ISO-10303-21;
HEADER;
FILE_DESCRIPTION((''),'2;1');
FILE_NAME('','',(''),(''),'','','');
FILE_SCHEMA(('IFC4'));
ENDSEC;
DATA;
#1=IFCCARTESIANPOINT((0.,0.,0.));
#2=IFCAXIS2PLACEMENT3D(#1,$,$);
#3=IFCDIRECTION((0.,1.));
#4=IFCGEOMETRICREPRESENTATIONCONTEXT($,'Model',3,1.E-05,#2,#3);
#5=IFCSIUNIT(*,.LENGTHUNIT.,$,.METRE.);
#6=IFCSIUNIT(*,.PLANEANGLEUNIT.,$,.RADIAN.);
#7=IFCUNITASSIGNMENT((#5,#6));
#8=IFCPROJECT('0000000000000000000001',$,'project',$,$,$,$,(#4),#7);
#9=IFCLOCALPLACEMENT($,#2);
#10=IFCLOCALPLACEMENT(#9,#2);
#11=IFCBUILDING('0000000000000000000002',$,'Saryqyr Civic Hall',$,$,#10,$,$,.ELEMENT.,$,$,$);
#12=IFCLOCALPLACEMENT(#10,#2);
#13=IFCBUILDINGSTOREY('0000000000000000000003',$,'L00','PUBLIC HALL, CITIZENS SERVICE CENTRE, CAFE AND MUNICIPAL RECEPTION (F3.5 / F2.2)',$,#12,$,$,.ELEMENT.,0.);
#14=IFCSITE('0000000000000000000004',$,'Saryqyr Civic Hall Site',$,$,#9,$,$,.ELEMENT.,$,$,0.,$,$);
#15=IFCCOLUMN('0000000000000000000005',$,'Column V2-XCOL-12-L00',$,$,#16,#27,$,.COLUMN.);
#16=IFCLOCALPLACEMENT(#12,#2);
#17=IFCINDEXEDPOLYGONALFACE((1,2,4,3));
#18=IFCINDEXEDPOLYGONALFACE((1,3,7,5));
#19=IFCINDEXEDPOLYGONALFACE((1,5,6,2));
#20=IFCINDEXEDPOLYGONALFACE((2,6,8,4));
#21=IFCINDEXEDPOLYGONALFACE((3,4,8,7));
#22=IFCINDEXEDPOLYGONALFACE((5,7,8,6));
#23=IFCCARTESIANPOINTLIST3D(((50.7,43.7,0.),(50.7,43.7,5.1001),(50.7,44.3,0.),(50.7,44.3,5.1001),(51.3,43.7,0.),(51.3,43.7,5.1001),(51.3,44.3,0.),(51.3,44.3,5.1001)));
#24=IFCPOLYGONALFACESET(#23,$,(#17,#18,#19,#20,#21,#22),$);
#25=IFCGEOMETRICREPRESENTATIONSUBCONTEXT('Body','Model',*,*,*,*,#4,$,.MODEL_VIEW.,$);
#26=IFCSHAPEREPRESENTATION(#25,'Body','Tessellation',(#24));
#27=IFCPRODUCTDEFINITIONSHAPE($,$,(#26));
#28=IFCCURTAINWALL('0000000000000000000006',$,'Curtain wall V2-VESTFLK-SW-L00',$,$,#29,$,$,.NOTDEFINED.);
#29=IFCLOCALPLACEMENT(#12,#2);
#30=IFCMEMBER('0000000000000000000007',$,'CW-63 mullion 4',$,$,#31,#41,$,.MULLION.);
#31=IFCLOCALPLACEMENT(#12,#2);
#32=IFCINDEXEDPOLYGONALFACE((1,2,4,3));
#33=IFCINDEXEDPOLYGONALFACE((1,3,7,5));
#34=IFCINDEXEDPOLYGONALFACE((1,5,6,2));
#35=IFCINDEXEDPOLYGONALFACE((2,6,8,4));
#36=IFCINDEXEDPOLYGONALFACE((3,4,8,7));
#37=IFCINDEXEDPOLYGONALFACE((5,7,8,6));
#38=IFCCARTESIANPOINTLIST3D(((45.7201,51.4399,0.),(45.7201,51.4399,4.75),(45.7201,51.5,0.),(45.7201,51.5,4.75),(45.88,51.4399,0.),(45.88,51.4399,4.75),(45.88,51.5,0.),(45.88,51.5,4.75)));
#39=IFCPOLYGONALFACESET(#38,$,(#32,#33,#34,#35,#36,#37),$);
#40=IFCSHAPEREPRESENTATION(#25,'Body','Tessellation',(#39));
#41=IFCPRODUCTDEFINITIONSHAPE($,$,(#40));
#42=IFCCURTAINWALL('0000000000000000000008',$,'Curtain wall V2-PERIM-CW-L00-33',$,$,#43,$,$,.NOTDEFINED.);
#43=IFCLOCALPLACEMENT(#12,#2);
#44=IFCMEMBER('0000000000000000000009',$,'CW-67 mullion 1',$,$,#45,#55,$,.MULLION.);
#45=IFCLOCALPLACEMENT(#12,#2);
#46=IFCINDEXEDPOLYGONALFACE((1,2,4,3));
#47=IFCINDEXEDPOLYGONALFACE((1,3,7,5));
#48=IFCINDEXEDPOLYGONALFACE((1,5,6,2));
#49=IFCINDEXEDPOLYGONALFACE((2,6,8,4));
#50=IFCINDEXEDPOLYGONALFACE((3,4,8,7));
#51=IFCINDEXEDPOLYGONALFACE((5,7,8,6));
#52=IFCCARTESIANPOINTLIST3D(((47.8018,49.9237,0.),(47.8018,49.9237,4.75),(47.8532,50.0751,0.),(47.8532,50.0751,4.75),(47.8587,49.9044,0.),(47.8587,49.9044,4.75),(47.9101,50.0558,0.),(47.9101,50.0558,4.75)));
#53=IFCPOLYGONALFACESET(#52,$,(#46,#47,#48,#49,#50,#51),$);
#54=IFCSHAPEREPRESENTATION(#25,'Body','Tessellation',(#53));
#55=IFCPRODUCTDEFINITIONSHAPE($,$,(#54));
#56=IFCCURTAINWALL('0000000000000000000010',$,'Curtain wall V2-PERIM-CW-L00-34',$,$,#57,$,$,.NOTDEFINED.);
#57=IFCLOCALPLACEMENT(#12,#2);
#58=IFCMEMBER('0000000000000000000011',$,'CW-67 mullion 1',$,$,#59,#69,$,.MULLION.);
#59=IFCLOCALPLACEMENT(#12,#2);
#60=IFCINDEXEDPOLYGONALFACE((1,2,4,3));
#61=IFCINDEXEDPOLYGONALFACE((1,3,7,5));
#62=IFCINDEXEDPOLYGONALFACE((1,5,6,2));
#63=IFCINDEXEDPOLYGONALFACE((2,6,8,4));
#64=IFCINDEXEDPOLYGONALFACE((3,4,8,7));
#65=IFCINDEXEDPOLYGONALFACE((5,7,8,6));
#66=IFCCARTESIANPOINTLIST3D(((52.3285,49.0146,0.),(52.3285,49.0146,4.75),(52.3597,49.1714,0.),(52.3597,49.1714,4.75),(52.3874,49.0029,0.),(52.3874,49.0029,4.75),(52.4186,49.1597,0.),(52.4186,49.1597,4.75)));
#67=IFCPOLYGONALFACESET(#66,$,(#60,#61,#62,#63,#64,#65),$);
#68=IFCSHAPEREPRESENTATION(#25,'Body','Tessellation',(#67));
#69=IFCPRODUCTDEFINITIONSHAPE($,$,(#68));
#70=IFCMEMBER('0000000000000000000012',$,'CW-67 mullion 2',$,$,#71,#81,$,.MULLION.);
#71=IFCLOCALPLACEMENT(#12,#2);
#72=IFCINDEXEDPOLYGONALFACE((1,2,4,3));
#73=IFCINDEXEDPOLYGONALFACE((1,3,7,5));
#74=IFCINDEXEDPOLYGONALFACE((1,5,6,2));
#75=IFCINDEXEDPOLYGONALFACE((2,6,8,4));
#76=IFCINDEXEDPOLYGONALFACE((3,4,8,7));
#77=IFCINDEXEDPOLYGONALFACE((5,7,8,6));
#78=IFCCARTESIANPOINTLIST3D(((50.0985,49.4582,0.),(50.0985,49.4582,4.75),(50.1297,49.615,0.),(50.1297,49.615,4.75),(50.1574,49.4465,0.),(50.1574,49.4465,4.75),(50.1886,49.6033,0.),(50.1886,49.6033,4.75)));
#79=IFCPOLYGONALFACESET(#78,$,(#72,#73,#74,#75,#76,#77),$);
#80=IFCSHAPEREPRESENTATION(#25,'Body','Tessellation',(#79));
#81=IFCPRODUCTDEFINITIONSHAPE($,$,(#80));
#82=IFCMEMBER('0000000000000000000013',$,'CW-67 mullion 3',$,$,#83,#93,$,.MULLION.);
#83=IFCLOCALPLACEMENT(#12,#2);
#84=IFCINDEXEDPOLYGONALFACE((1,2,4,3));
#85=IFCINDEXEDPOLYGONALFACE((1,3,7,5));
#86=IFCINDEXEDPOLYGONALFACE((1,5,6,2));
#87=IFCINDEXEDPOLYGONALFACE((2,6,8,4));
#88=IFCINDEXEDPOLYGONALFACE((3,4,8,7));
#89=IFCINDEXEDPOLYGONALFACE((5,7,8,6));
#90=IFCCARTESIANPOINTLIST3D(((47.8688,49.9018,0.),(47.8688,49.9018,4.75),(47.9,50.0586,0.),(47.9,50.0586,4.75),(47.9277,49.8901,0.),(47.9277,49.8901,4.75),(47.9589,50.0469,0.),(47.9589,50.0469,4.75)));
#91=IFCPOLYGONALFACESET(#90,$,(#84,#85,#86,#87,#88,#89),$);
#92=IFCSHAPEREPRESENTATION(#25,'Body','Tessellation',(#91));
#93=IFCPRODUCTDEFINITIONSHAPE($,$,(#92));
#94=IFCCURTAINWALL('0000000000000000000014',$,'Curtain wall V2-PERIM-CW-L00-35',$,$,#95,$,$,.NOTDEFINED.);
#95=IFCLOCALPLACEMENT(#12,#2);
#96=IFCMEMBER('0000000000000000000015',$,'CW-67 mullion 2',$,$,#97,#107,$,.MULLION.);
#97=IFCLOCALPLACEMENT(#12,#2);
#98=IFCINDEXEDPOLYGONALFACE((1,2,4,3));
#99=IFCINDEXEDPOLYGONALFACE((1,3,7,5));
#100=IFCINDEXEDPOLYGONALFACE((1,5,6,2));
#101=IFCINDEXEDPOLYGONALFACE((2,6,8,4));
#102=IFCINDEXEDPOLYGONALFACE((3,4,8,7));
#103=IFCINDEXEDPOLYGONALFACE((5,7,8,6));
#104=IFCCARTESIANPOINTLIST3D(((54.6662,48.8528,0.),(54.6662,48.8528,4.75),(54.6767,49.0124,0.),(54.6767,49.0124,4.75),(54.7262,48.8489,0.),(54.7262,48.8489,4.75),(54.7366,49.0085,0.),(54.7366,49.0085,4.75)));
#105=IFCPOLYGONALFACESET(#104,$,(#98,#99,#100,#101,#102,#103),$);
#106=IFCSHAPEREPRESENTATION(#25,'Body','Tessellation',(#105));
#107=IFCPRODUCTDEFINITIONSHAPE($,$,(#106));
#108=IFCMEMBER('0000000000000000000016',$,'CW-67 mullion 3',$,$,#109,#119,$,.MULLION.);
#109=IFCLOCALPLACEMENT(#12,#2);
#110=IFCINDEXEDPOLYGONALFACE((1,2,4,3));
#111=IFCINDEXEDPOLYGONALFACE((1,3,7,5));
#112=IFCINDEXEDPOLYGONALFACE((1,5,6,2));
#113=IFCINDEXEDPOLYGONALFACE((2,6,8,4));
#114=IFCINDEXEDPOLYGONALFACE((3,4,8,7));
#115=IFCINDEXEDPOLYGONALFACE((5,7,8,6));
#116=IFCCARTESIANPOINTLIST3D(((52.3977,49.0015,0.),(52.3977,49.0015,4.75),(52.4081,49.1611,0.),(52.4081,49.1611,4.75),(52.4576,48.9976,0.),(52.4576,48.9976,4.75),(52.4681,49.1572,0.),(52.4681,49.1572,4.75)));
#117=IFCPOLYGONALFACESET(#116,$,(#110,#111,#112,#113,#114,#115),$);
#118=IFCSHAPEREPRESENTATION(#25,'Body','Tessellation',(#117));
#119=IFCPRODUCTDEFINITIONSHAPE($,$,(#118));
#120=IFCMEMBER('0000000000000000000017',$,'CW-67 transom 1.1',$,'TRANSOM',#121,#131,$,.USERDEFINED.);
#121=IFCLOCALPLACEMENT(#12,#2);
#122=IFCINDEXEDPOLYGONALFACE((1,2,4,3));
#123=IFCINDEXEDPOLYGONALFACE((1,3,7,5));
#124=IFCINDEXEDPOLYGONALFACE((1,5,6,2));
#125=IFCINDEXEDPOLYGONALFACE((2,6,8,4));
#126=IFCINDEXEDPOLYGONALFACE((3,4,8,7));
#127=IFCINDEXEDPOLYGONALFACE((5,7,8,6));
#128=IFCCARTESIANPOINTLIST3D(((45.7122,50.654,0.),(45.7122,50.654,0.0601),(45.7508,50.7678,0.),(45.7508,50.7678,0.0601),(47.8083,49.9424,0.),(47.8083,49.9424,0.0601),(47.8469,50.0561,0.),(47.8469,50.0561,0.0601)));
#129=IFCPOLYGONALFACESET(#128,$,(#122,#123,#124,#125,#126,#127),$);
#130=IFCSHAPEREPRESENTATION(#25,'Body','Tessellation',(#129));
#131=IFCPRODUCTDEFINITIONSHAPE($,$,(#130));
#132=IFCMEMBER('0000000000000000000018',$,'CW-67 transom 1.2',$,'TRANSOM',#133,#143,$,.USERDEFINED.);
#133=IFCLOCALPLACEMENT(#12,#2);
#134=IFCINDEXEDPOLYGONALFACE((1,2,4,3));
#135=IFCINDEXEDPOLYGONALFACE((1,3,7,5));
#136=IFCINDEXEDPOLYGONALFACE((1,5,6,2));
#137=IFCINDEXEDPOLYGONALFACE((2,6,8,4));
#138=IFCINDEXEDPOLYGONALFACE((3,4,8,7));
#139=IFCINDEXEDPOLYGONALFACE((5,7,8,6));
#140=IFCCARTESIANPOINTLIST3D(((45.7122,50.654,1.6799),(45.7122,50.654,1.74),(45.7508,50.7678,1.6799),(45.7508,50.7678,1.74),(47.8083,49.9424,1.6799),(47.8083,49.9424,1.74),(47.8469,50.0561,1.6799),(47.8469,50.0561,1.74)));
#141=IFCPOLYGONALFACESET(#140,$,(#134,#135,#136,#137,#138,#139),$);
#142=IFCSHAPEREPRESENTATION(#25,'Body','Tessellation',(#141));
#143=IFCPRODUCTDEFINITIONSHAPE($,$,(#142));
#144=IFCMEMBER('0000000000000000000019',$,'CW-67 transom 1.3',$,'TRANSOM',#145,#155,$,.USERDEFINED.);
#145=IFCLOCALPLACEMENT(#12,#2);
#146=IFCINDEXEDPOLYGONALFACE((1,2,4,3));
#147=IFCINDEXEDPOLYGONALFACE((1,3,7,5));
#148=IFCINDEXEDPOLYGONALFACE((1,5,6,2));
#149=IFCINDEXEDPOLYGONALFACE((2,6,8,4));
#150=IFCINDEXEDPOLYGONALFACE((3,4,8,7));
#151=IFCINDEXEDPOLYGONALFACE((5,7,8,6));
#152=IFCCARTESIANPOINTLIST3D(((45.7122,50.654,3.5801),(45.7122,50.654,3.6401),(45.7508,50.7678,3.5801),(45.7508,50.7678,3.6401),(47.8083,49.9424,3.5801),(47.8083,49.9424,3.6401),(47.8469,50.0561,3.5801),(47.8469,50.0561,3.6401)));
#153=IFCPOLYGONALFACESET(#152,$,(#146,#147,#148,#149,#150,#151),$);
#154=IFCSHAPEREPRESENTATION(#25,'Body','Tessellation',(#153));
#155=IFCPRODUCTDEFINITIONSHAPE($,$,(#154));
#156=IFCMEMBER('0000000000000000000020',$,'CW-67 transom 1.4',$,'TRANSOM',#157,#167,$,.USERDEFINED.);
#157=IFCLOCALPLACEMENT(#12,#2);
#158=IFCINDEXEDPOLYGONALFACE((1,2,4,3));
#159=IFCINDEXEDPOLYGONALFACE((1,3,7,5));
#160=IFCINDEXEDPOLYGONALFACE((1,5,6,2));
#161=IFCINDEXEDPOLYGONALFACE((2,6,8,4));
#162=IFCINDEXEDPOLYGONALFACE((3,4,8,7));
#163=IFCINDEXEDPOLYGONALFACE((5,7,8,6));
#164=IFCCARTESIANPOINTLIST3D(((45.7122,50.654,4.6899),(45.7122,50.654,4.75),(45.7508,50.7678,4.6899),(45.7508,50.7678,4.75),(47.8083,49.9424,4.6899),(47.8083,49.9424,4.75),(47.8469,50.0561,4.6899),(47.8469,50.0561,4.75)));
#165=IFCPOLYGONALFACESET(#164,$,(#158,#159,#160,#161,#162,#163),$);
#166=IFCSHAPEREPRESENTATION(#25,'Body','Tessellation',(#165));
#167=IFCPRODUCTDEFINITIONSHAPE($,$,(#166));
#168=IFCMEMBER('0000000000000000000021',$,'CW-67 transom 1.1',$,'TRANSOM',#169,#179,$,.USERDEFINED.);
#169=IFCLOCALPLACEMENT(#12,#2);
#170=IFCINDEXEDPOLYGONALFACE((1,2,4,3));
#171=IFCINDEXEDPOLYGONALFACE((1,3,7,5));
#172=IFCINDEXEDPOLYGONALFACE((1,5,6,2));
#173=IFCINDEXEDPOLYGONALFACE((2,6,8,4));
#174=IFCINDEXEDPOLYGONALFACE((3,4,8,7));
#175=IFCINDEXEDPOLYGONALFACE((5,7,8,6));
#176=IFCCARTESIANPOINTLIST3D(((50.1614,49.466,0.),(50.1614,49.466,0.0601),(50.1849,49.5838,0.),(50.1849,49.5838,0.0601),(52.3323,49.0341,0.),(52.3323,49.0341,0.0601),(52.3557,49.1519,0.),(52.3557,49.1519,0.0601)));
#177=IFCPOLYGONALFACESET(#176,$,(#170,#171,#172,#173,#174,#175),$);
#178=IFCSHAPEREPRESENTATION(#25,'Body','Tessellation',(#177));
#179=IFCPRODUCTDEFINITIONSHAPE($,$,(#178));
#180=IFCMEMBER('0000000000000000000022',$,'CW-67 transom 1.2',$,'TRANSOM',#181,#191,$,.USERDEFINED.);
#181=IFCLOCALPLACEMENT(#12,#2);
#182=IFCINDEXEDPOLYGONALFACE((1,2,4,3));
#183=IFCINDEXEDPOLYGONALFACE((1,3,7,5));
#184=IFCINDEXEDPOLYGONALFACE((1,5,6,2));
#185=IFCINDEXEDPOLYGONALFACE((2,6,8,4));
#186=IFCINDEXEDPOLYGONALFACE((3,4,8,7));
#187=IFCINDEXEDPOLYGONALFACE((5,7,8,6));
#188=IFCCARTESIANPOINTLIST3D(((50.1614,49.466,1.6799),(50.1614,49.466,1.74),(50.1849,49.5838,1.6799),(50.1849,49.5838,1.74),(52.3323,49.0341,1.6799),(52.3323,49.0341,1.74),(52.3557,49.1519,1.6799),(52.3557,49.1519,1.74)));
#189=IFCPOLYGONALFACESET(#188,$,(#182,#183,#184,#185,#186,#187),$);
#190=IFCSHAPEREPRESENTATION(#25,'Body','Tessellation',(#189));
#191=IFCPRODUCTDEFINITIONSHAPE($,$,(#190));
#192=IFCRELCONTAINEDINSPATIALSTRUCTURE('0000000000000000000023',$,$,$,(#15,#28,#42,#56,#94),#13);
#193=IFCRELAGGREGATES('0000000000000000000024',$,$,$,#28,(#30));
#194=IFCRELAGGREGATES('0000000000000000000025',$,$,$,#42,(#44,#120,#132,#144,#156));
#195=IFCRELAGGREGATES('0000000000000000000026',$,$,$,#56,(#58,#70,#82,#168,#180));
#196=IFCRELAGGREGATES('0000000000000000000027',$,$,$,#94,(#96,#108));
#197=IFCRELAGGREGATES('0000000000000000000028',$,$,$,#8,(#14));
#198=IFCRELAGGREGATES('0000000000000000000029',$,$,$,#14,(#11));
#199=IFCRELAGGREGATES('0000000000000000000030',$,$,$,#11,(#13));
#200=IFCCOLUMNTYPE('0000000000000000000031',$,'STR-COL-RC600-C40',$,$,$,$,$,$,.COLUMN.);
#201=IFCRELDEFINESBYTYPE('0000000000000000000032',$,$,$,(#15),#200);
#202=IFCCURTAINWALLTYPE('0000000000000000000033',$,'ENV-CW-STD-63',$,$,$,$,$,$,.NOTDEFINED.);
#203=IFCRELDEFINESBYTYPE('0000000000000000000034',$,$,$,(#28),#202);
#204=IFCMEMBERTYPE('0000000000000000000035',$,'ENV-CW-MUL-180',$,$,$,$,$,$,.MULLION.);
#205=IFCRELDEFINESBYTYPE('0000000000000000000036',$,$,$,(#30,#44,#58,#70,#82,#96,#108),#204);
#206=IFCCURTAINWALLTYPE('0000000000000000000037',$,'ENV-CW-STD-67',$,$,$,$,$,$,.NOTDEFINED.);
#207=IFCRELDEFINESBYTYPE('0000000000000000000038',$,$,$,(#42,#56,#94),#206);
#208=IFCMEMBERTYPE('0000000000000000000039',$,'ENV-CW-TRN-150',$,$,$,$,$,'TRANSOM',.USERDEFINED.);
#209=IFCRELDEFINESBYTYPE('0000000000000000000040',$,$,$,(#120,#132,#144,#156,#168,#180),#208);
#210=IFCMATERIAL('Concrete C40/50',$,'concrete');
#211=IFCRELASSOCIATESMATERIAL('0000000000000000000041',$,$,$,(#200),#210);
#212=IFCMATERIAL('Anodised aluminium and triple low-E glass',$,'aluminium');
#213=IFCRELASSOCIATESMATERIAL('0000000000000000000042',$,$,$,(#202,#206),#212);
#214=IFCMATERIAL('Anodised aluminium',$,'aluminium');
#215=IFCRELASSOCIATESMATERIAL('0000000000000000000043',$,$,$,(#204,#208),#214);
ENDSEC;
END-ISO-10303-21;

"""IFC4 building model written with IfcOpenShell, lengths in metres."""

from ifc_helpers import new_model, si_unit, direction, frame, origin, origin_2d, place, context, subcontext, project, spatial, rectangle, extrude, material, material_profile, profile_set, type_object, element, aggregate, save


model = new_model("IFC4")

# Units and contexts
model_context = context("Model", 3, precision=1e-05, world=origin(), true_north=direction((0.0, 1.0)))
body_context = subcontext(model_context, "Body", "Model", "MODEL_VIEW")
ifc_project = project(units=[si_unit("LENGTHUNIT", "METRE"), si_unit("PLANEANGLEUNIT", "RADIAN")], contexts=[model_context])

# Site, building, storey
site_placement = place(None, origin())
site = spatial("IfcSite", under=ifc_project, at=site_placement, Name="Saryqyr Civic Hall Site", CompositionType="ELEMENT", RefElevation=0.0)
building_placement = place(site_placement, origin())
building = spatial("IfcBuilding", under=site, at=building_placement, Name="Saryqyr Civic Hall", CompositionType="ELEMENT")
storey_placement = place(building_placement, origin())
storey = spatial("IfcBuildingStorey", under=building, at=storey_placement, Name="L00", Description="PUBLIC HALL, CITIZENS SERVICE CENTRE, CAFE AND MUNICIPAL RECEPTION (F3.5 / F2.2)", CompositionType="ELEMENT", Elevation=0.0)

# Column
ifc_material_1 = material(Name="Concrete C40/50", Category="concrete")
ifc_material_profile_1 = material_profile(ifc_material_1, rectangle(XDim=0.6001, YDim=0.6001, at=origin_2d()), Name="RC 600x600")
ifc_profile_set_1 = profile_set([ifc_material_profile_1], Name="Concrete C40/50")
column_type = type_object("IfcColumnType", Name="STR-COL-RC600-C40", PredefinedType="COLUMN", material=ifc_profile_set_1)
column_placement = place(storey_placement, frame((51.0, 44.0, 0.0), z_axis=(0.0, 0.0, 1.0), x_axis=(1.0, 0.0, 0.0)))
element("IfcColumn", 1, at=column_placement, inside=storey, type_object=column_type, Name="Column V2-XCOL-12-L00", PredefinedType="COLUMN", context=body_context, shape_type="SweptSolid", body=[
    extrude(rectangle(XDim=0.6001, YDim=0.6001, at=origin_2d()), origin(), (0.0, 0.0, 1.0), 5.1001),
])

# Curtain walls, members
ifc_material_2 = material(Name="Anodised aluminium and triple low-E glass", Category="aluminium")
curtain_wall_type_1 = type_object("IfcCurtainWallType", Name="ENV-CW-STD-63", PredefinedType="NOTDEFINED", material=ifc_material_2)
curtain_wall_1_placement = place(storey_placement, origin())
curtain_wall_1 = element("IfcCurtainWall", 2, at=curtain_wall_1_placement, inside=storey, type_object=curtain_wall_type_1, Name="Curtain wall V2-VESTFLK-SW-L00", PredefinedType="NOTDEFINED")
ifc_material_3 = material(Name="Anodised aluminium", Category="aluminium")
ifc_material_profile_2 = material_profile(ifc_material_3, rectangle(XDim=0.0601, YDim=0.1599, at=origin_2d()), Name="ALU MULLION 60x160")
ifc_profile_set_2 = profile_set([ifc_material_profile_2], Name="Anodised aluminium")
member_type_1 = type_object("IfcMemberType", Name="ENV-CW-MUL-180", PredefinedType="MULLION", material=ifc_profile_set_2)
member_1_placement = place(storey_placement, frame((45.8, 51.47, 0.0), z_axis=(0.0, 0.0, 1.0), x_axis=(0.0, 1.0, 0.0)))
member_1 = element("IfcMember", 3, at=member_1_placement, type_object=member_type_1, Name="CW-63 mullion 4", PredefinedType="MULLION", context=body_context, shape_type="SweptSolid", body=[
    extrude(rectangle(XDim=0.0601, YDim=0.1599, at=origin_2d()), origin(), (0.0, 0.0, 1.0), 4.75),
])
curtain_wall_type_2 = type_object("IfcCurtainWallType", Name="ENV-CW-STD-67", PredefinedType="NOTDEFINED", material=ifc_material_2)
curtain_wall_2_placement = place(storey_placement, origin())
curtain_wall_2 = element("IfcCurtainWall", 4, at=curtain_wall_2_placement, inside=storey, type_object=curtain_wall_type_2, Name="Curtain wall V2-PERIM-CW-L00-33", PredefinedType="NOTDEFINED")
member_2_placement = place(storey_placement, frame((47.856, 49.9897, 0.0), z_axis=(0.0, 0.0, 1.0), x_axis=(-0.946928, 0.321445, 0.0)))
member_2 = element("IfcMember", 5, at=member_2_placement, type_object=member_type_1, Name="CW-67 mullion 1", PredefinedType="MULLION", context=body_context, shape_type="SweptSolid", body=[
    extrude(rectangle(XDim=0.0601, YDim=0.1599, at=origin_2d()), origin(), (0.0, 0.0, 1.0), 4.75),
])

# Curtain walls, members
curtain_wall_3_placement = place(storey_placement, origin())
curtain_wall_3 = element("IfcCurtainWall", 6, at=curtain_wall_3_placement, inside=storey, type_object=curtain_wall_type_2, Name="Curtain wall V2-PERIM-CW-L00-34", PredefinedType="NOTDEFINED")
member_3_placement = place(storey_placement, frame((52.3735, 49.0872, 0.0), z_axis=(0.0, 0.0, 1.0), x_axis=(-0.980785, 0.195093, 0.0)))
member_3 = element("IfcMember", 7, at=member_3_placement, type_object=member_type_1, Name="CW-67 mullion 1", PredefinedType="MULLION", context=body_context, shape_type="SweptSolid", body=[
    extrude(rectangle(XDim=0.0601, YDim=0.1599, at=origin_2d()), origin(), (0.0, 0.0, 1.0), 4.75),
])
member_4_placement = place(storey_placement, frame((50.1436, 49.5308, 0.0), z_axis=(0.0, 0.0, 1.0), x_axis=(-0.980785, 0.195093, 0.0)))
member_4 = element("IfcMember", 8, at=member_4_placement, type_object=member_type_1, Name="CW-67 mullion 2", PredefinedType="MULLION", context=body_context, shape_type="SweptSolid", body=[
    extrude(rectangle(XDim=0.0601, YDim=0.1599, at=origin_2d()), origin(), (0.0, 0.0, 1.0), 4.75),
])
member_5_placement = place(storey_placement, frame((47.9138, 49.9744, 0.0), z_axis=(0.0, 0.0, 1.0), x_axis=(-0.980785, 0.195093, 0.0)))
member_5 = element("IfcMember", 9, at=member_5_placement, type_object=member_type_1, Name="CW-67 mullion 3", PredefinedType="MULLION", context=body_context, shape_type="SweptSolid", body=[
    extrude(rectangle(XDim=0.0601, YDim=0.1599, at=origin_2d()), origin(), (0.0, 0.0, 1.0), 4.75),
])
curtain_wall_4_placement = place(storey_placement, origin())
curtain_wall_4 = element("IfcCurtainWall", 10, at=curtain_wall_4_placement, inside=storey, type_object=curtain_wall_type_2, Name="Curtain wall V2-PERIM-CW-L00-35", PredefinedType="NOTDEFINED")
member_6_placement = place(storey_placement, frame((54.7014, 48.9307, 0.0), z_axis=(0.0, 0.0, 1.0), x_axis=(-0.997859, 0.065401, 0.0)))
member_6 = element("IfcMember", 11, at=member_6_placement, type_object=member_type_1, Name="CW-67 mullion 2", PredefinedType="MULLION", context=body_context, shape_type="SweptSolid", body=[
    extrude(rectangle(XDim=0.0601, YDim=0.1599, at=origin_2d()), origin(), (0.0, 0.0, 1.0), 4.75),
])
member_7_placement = place(storey_placement, frame((52.4329, 49.0793, 0.0), z_axis=(0.0, 0.0, 1.0), x_axis=(-0.997859, 0.065401, 0.0)))
member_7 = element("IfcMember", 12, at=member_7_placement, type_object=member_type_1, Name="CW-67 mullion 3", PredefinedType="MULLION", context=body_context, shape_type="SweptSolid", body=[
    extrude(rectangle(XDim=0.0601, YDim=0.1599, at=origin_2d()), origin(), (0.0, 0.0, 1.0), 4.75),
])

# Members
ifc_material_profile_3 = material_profile(ifc_material_3, rectangle(XDim=0.1201, YDim=0.0601, at=origin_2d()), Name="ALU TRANSOM 120x60")
ifc_profile_set_3 = profile_set([ifc_material_profile_3], Name="Anodised aluminium")
member_type_2 = type_object("IfcMemberType", Name="ENV-CW-TRN-150", ElementType="TRANSOM", PredefinedType="USERDEFINED", material=ifc_profile_set_3)
member_8_placement = place(storey_placement, frame((47.8276, 49.9993, 0.03), z_axis=(-0.946915, 0.321484, 0.0), x_axis=(-0.321484, -0.946915, 0.0)))
member_8 = element("IfcMember", 13, at=member_8_placement, type_object=member_type_2, Name="CW-67 transom 1.1", ObjectType="TRANSOM", PredefinedType="USERDEFINED", context=body_context, shape_type="SweptSolid", body=[
    extrude(rectangle(XDim=0.1201, YDim=0.0601, at=origin_2d()), origin(), (0.0, 0.0, 1.0), 2.2136),
])
member_9_placement = place(storey_placement, frame((47.8276, 49.9993, 1.71), z_axis=(-0.946915, 0.321484, 0.0), x_axis=(-0.321484, -0.946915, 0.0)))
member_9 = element("IfcMember", 14, at=member_9_placement, type_object=member_type_2, Name="CW-67 transom 1.2", ObjectType="TRANSOM", PredefinedType="USERDEFINED", context=body_context, shape_type="SweptSolid", body=[
    extrude(rectangle(XDim=0.1201, YDim=0.0601, at=origin_2d()), origin(), (0.0, 0.0, 1.0), 2.2136),
])
member_10_placement = place(storey_placement, frame((47.8276, 49.9993, 3.6101), z_axis=(-0.946915, 0.321484, 0.0), x_axis=(-0.321484, -0.946915, 0.0)))
member_10 = element("IfcMember", 15, at=member_10_placement, type_object=member_type_2, Name="CW-67 transom 1.3", ObjectType="TRANSOM", PredefinedType="USERDEFINED", context=body_context, shape_type="SweptSolid", body=[
    extrude(rectangle(XDim=0.1201, YDim=0.0601, at=origin_2d()), origin(), (0.0, 0.0, 1.0), 2.2136),
])
member_11_placement = place(storey_placement, frame((47.8276, 49.9993, 4.72), z_axis=(-0.946915, 0.321484, 0.0), x_axis=(-0.321484, -0.946915, 0.0)))
member_11 = element("IfcMember", 16, at=member_11_placement, type_object=member_type_2, Name="CW-67 transom 1.4", ObjectType="TRANSOM", PredefinedType="USERDEFINED", context=body_context, shape_type="SweptSolid", body=[
    extrude(rectangle(XDim=0.1201, YDim=0.0601, at=origin_2d()), origin(), (0.0, 0.0, 1.0), 2.2136),
])
member_12_placement = place(storey_placement, frame((52.344, 49.093, 0.03), z_axis=(-0.98078, 0.195119, 0.0), x_axis=(-0.195119, -0.98078, 0.0)))
member_12 = element("IfcMember", 17, at=member_12_placement, type_object=member_type_2, Name="CW-67 transom 1.1", ObjectType="TRANSOM", PredefinedType="USERDEFINED", context=body_context, shape_type="SweptSolid", body=[
    extrude(rectangle(XDim=0.1201, YDim=0.0601, at=origin_2d()), origin(), (0.0, 0.0, 1.0), 2.2134),
])
member_13_placement = place(storey_placement, frame((52.344, 49.093, 1.71), z_axis=(-0.98078, 0.195119, 0.0), x_axis=(-0.195119, -0.98078, 0.0)))
member_13 = element("IfcMember", 18, at=member_13_placement, type_object=member_type_2, Name="CW-67 transom 1.2", ObjectType="TRANSOM", PredefinedType="USERDEFINED", context=body_context, shape_type="SweptSolid", body=[
    extrude(rectangle(XDim=0.1201, YDim=0.0601, at=origin_2d()), origin(), (0.0, 0.0, 1.0), 2.2134),
])

aggregate(curtain_wall_1, [member_1])
aggregate(curtain_wall_2, [member_2, member_8, member_9, member_10, member_11])
aggregate(curtain_wall_3, [member_3, member_4, member_5, member_12, member_13])
aggregate(curtain_wall_4, [member_6, member_7])

save(model, "model.ifc")
